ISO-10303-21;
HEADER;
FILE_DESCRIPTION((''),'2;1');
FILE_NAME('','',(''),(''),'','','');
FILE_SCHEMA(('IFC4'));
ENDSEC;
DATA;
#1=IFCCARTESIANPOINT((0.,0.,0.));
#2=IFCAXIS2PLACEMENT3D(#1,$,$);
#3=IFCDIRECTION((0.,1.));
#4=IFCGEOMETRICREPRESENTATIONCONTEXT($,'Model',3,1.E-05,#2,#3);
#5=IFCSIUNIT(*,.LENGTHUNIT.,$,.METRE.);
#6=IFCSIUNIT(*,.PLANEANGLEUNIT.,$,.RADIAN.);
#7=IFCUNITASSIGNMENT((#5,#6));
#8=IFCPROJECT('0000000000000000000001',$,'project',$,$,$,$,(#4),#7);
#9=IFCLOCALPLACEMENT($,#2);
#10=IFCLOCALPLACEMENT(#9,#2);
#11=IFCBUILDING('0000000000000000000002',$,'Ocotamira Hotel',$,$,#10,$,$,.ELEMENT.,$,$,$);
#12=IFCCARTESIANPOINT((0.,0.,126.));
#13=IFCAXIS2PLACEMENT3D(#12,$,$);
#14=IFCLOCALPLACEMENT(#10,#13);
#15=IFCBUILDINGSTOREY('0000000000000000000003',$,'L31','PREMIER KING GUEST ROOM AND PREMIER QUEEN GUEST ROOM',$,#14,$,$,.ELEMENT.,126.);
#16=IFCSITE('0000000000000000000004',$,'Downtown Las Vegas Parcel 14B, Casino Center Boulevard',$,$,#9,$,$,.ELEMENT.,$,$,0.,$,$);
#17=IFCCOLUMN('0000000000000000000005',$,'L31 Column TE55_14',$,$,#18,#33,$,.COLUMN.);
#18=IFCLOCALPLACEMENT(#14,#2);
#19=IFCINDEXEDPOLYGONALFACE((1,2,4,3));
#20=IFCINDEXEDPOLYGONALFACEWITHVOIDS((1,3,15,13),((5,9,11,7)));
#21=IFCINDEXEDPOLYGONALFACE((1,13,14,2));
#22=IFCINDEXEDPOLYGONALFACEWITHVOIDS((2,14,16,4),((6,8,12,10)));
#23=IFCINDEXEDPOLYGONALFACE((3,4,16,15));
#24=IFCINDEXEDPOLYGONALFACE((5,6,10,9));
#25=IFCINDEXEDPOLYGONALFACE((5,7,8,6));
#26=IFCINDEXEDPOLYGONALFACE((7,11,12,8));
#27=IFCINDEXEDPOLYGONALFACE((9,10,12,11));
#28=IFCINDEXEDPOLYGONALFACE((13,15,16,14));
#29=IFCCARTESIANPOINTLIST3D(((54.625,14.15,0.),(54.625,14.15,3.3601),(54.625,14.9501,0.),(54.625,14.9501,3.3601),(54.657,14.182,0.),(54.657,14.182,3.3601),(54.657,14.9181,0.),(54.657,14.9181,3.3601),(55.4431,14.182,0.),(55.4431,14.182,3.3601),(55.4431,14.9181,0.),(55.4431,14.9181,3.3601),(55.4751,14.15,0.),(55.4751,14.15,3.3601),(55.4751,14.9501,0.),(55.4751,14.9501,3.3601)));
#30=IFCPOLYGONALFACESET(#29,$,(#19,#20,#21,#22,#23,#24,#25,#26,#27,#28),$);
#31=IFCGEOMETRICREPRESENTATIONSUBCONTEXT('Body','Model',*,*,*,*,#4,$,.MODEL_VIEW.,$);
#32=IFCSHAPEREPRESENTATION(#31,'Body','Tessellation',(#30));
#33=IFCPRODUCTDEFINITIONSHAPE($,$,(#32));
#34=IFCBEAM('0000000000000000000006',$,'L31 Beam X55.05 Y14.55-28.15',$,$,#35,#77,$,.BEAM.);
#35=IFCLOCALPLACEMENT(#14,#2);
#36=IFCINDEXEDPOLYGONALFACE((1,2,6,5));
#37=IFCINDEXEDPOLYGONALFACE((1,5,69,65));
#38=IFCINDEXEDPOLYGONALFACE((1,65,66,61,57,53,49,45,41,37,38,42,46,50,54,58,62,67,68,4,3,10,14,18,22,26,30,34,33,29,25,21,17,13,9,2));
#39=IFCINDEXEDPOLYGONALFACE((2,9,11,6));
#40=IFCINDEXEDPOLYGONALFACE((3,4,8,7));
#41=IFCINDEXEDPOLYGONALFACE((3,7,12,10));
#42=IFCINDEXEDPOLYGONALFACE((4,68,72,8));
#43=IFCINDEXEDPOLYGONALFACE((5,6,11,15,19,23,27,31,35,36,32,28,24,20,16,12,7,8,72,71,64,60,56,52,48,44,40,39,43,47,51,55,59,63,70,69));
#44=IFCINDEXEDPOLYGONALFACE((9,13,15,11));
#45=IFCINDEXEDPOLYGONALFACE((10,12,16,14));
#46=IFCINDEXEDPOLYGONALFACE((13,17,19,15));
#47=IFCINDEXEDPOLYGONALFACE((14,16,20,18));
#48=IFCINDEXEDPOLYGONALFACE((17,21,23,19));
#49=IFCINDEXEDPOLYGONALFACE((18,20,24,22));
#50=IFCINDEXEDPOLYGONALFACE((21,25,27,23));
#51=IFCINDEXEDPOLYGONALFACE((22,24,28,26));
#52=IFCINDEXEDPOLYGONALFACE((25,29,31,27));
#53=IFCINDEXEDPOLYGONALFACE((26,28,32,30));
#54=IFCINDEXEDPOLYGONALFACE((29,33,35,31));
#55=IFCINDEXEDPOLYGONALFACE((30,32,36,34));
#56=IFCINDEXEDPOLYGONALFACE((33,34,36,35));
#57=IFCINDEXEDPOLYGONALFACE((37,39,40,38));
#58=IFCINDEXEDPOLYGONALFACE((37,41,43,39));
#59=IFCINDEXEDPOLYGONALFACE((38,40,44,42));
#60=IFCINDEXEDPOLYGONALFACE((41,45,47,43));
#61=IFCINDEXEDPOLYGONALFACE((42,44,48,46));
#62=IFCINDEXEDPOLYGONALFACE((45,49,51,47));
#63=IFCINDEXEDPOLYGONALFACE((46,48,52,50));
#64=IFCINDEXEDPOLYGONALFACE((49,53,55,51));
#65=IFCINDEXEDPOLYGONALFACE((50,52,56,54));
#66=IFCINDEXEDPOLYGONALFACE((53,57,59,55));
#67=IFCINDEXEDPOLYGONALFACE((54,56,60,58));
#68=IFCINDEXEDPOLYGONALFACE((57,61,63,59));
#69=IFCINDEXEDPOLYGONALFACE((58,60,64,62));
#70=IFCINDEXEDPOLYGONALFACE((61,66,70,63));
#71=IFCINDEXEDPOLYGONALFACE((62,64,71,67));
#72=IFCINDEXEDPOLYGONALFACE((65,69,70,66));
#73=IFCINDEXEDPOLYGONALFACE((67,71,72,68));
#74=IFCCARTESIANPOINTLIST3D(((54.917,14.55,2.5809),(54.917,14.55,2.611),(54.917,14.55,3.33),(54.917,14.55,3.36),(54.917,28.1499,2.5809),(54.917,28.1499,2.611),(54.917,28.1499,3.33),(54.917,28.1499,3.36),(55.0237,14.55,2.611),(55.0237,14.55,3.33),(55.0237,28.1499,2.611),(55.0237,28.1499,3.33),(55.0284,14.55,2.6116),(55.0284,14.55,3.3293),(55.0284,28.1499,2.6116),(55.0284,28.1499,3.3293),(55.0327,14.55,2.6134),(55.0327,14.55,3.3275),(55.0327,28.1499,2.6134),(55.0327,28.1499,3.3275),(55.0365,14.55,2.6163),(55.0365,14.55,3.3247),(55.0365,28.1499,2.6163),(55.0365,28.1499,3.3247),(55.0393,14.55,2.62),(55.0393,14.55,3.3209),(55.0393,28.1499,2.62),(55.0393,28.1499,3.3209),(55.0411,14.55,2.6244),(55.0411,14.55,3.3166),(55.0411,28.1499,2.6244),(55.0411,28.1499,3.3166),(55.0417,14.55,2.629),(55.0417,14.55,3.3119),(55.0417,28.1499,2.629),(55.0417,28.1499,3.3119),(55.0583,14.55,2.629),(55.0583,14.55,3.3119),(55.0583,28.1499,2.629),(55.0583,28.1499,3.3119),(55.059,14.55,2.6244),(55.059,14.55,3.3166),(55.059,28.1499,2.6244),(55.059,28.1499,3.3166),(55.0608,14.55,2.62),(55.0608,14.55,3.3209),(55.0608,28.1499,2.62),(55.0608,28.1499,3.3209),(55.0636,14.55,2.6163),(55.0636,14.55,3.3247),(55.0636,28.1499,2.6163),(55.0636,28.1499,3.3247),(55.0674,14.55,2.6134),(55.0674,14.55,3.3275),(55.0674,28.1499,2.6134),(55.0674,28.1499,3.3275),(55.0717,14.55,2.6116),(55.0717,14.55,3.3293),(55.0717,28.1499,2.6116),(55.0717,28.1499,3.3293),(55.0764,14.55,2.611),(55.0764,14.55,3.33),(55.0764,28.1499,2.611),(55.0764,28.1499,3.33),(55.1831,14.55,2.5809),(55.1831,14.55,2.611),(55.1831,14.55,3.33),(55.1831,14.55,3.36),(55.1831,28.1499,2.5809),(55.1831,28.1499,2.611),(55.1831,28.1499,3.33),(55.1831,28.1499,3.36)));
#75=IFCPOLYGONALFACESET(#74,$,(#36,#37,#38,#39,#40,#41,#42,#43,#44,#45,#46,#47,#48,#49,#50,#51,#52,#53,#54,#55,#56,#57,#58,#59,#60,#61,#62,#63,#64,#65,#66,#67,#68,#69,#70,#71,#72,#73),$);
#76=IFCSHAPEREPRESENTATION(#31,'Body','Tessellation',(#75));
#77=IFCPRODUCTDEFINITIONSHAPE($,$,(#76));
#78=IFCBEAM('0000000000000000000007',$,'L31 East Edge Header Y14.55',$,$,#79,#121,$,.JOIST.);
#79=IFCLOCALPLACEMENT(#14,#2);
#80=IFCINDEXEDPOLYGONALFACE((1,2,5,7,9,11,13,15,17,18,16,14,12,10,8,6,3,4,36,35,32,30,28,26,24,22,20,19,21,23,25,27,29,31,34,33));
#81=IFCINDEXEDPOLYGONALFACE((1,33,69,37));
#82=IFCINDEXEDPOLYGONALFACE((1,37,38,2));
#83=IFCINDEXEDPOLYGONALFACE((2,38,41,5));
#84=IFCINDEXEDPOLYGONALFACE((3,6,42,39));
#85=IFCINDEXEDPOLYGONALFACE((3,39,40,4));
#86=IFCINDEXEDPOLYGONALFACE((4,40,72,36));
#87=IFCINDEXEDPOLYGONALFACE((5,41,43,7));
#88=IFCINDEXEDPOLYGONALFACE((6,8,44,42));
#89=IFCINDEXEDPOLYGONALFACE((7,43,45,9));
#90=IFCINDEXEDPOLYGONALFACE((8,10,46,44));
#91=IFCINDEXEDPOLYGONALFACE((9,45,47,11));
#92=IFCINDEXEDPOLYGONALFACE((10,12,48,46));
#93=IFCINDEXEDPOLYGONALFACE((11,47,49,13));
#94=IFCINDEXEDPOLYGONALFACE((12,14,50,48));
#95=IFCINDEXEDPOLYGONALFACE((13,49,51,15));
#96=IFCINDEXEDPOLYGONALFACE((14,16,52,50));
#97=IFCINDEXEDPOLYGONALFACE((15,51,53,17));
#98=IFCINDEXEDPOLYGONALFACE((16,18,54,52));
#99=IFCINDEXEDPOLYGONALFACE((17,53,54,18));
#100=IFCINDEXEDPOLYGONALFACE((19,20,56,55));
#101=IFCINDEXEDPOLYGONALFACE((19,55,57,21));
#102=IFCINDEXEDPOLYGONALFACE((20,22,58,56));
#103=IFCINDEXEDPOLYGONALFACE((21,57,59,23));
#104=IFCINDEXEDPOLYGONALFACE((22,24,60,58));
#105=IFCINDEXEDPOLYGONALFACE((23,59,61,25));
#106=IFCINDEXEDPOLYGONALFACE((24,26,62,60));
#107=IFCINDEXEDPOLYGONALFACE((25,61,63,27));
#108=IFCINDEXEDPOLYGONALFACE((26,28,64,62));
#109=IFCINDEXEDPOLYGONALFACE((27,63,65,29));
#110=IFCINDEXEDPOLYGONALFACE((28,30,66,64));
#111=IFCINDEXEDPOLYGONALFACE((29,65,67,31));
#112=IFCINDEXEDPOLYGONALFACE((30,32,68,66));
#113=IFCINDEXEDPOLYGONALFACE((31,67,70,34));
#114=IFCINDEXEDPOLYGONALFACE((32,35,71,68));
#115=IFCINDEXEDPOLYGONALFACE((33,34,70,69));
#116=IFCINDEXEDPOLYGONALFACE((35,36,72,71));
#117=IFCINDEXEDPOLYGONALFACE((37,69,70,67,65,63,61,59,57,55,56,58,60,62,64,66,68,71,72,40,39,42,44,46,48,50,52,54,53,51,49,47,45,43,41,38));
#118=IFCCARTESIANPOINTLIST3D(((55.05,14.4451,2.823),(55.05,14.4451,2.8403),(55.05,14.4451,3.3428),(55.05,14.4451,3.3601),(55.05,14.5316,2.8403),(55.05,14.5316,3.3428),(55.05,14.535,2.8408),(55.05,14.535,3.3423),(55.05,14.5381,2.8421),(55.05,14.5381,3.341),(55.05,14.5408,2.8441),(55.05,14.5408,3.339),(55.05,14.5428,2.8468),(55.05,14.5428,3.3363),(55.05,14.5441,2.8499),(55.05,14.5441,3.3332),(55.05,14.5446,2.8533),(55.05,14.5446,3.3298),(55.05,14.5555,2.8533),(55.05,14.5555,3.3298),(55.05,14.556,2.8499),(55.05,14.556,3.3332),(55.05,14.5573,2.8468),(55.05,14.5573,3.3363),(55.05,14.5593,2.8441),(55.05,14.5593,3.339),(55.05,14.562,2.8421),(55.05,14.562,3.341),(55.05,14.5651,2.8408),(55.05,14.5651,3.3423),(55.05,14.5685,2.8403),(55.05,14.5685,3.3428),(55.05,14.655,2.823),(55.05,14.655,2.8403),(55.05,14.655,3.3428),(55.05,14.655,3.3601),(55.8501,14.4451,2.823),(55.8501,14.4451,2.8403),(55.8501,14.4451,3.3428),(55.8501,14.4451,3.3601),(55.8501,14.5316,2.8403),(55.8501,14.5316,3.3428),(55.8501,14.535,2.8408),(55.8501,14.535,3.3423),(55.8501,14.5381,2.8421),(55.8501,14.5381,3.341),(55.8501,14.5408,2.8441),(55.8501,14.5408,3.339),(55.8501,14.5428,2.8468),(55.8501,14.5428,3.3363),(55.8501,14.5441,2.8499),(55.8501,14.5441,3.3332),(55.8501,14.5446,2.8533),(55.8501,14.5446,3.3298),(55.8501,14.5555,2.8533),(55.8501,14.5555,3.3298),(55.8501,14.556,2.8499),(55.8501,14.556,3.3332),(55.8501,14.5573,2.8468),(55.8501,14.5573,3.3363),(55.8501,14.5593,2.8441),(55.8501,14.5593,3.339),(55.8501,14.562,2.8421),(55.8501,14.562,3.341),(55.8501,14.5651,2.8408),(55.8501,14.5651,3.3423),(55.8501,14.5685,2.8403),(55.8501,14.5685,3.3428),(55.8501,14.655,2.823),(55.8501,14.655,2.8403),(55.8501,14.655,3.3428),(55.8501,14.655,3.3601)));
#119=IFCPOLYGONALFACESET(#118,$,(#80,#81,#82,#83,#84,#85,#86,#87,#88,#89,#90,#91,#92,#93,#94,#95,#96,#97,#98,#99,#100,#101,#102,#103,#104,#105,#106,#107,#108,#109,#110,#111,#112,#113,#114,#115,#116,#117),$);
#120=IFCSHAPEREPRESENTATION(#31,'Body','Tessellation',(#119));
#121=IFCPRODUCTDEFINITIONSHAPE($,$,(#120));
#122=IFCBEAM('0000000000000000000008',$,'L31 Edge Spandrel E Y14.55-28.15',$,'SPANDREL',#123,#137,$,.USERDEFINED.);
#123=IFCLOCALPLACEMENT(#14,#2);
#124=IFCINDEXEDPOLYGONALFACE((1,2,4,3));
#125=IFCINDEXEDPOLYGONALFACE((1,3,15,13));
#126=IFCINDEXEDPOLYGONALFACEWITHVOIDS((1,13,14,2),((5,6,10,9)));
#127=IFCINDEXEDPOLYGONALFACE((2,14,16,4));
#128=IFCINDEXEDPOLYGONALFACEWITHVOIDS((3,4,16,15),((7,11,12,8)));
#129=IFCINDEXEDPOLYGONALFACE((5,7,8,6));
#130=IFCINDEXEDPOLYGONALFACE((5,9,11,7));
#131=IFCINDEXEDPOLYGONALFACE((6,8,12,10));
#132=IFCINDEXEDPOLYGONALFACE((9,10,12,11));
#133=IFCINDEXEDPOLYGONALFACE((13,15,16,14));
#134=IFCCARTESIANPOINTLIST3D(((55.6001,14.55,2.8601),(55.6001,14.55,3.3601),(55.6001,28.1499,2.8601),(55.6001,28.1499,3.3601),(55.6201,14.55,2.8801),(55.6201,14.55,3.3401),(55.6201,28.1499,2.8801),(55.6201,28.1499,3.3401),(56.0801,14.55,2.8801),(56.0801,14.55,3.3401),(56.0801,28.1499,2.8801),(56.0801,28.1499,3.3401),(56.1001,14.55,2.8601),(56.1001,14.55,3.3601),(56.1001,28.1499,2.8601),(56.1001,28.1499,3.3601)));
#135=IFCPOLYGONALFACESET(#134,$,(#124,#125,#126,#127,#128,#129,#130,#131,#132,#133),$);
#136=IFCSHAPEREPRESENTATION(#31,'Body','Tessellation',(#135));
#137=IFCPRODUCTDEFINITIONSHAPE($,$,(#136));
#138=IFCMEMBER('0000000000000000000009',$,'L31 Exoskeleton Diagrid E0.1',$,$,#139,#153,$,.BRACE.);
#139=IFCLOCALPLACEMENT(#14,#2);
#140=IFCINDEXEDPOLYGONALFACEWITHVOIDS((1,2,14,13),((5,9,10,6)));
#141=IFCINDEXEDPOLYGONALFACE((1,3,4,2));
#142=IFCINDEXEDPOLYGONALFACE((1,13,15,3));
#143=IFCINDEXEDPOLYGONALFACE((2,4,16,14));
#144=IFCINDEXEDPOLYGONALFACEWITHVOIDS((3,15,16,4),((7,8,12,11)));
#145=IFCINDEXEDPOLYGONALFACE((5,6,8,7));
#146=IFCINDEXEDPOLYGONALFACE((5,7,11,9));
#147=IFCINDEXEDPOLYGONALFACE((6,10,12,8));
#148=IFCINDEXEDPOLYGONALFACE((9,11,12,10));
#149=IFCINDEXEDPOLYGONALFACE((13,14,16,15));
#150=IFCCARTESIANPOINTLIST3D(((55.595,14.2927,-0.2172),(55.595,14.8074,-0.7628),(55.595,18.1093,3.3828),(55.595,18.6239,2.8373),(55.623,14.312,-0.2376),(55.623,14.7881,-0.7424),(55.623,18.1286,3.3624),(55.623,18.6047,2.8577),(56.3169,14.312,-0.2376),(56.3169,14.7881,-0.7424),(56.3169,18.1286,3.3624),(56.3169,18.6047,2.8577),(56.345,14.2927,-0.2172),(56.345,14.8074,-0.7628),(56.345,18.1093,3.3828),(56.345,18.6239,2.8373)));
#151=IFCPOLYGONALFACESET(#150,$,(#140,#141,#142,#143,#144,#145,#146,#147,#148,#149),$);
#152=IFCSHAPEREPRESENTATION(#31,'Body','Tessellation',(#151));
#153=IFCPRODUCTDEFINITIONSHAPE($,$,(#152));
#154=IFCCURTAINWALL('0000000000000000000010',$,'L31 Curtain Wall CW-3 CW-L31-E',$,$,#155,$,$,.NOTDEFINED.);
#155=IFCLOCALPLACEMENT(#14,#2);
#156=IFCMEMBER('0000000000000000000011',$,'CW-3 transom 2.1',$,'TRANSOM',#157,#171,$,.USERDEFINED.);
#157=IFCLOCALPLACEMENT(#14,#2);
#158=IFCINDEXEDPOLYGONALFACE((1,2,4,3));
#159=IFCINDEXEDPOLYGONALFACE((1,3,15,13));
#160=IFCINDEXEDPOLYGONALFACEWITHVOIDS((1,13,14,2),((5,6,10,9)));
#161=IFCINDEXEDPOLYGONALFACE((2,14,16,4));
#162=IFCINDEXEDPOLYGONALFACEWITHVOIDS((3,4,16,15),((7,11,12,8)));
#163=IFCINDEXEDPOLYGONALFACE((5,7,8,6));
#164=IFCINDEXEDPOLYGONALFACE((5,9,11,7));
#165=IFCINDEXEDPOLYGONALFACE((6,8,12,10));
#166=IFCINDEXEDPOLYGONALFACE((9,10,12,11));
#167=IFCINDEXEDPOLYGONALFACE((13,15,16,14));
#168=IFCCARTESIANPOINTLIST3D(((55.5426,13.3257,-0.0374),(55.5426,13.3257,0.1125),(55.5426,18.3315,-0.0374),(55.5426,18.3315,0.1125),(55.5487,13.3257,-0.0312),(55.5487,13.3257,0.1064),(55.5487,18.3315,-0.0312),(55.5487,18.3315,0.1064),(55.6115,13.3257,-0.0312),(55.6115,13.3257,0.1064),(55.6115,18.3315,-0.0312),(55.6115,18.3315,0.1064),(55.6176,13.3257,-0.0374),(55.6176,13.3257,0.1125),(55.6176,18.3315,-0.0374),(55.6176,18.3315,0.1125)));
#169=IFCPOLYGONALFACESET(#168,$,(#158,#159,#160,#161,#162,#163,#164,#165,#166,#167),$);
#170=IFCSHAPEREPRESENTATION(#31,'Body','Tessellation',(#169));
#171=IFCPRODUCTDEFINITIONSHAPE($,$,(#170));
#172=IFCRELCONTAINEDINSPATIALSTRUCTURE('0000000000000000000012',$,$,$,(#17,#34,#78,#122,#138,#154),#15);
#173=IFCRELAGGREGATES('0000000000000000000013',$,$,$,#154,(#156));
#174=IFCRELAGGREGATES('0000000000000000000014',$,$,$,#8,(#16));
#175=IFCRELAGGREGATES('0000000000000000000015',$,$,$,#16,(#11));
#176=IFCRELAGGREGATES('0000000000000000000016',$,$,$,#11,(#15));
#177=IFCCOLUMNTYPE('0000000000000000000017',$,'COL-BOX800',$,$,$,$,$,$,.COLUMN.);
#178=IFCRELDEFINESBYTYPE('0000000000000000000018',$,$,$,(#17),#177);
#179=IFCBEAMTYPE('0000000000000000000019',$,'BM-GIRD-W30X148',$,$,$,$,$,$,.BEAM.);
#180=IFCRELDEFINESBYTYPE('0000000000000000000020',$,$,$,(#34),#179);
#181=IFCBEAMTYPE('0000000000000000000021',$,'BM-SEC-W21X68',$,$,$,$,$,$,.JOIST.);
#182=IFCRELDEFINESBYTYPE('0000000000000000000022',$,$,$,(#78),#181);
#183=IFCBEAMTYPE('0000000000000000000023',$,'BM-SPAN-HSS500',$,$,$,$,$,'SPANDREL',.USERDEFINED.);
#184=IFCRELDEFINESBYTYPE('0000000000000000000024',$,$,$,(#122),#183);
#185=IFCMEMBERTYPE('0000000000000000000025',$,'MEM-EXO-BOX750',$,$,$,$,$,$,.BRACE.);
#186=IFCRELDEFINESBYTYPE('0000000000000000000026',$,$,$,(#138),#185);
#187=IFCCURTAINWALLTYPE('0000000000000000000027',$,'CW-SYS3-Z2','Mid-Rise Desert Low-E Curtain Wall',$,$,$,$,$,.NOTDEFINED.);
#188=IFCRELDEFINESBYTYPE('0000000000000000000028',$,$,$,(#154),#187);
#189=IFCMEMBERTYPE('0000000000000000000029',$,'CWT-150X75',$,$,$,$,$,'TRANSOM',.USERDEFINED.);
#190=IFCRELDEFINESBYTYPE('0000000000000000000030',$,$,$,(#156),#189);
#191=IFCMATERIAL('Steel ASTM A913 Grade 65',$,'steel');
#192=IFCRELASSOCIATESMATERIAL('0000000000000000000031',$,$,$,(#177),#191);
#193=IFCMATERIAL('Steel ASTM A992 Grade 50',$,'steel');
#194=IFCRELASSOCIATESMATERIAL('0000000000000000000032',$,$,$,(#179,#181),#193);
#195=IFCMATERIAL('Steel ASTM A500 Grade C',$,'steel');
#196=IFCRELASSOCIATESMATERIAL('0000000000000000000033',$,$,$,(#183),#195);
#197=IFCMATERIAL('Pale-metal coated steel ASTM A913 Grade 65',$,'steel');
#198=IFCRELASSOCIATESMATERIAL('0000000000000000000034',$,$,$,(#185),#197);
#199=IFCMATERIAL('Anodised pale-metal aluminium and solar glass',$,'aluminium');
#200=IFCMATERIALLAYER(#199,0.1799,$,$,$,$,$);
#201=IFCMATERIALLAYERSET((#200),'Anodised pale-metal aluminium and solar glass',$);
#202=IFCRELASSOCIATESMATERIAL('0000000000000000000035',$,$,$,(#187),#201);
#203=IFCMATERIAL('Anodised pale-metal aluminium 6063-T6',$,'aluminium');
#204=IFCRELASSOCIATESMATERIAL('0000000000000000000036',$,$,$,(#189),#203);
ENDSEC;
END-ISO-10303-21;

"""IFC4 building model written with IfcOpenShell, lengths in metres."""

from ifc_helpers import new_model, si_unit, direction, frame, origin, origin_2d, place, context, subcontext, project, spatial, hollow_rectangle, i_section, extrude, source, transform, mapped, material, layer, layer_set, material_profile, profile_set, type_object, element, aggregate, save


model = new_model("IFC4")

# Units and contexts
model_context = context("Model", 3, precision=1e-05, world=origin(), true_north=direction((0.0, 1.0)))
body_context = subcontext(model_context, "Body", "Model", "MODEL_VIEW")
ifc_project = project(units=[si_unit("LENGTHUNIT", "METRE"), si_unit("PLANEANGLEUNIT", "RADIAN")], contexts=[model_context])

# Site, building, storey
site_placement = place(None, origin())
site = spatial("IfcSite", under=ifc_project, at=site_placement, Name="Downtown Las Vegas Parcel 14B, Casino Center Boulevard", CompositionType="ELEMENT", RefElevation=0.0)
building_placement = place(site_placement, origin())
building = spatial("IfcBuilding", under=site, at=building_placement, Name="Ocotamira Hotel", CompositionType="ELEMENT")
storey_placement = place(building_placement, frame((0.0, 0.0, 126.0)))
storey = spatial("IfcBuildingStorey", under=building, at=storey_placement, Name="L31", Description="PREMIER KING GUEST ROOM AND PREMIER QUEEN GUEST ROOM", CompositionType="ELEMENT", Elevation=126.0)

# Column
ifc_material_1 = material(Name="Steel ASTM A913 Grade 65", Category="steel")
ifc_material_profile_1 = material_profile(ifc_material_1, hollow_rectangle(XDim=0.8501, YDim=0.8, WallThickness=0.032, at=origin_2d()), Name="BOX800X850X32")
ifc_profile_set_1 = profile_set([ifc_material_profile_1], Name="Steel ASTM A913 Grade 65")
column_type = type_object("IfcColumnType", Name="COL-BOX800", PredefinedType="COLUMN", material=ifc_profile_set_1)
shared_shape_1 = source(origin(), body_context, "Body", "SweptSolid", [
    extrude(hollow_rectangle(XDim=0.8501, YDim=0.8, WallThickness=0.032, at=origin_2d()), origin(), (0.0, 0.0, 1.0), 3.3601),
])
column_placement = place(storey_placement, frame((55.05, 14.55, 0.0), z_axis=(0.0, 0.0, 1.0), x_axis=(1.0, 0.0, 0.0)))
element("IfcColumn", 1, at=column_placement, inside=storey, type_object=column_type, Name="L31 Column TE55_14", PredefinedType="COLUMN", context=body_context, shape_type="MappedRepresentation", body=[
    mapped(shared_shape_1, transform((0.0, 0.0, 0.0), scale=1.0)),
])

# Beams
ifc_material_2 = material(Name="Steel ASTM A992 Grade 50", Category="steel")
ifc_material_profile_2 = material_profile(ifc_material_2, i_section(OverallWidth=0.2661, OverallDepth=0.7791, WebThickness=0.0166, FlangeThickness=0.03, FilletRadius=0.0181, at=origin_2d()), Name="W30X148")
ifc_profile_set_2 = profile_set([ifc_material_profile_2], Name="Steel ASTM A992 Grade 50")
beam_type_1 = type_object("IfcBeamType", Name="BM-GIRD-W30X148", PredefinedType="BEAM", material=ifc_profile_set_2)
shared_shape_2 = source(origin(), body_context, "Body", "SweptSolid", [
    extrude(i_section(OverallWidth=0.2661, OverallDepth=0.7791, WebThickness=0.0166, FlangeThickness=0.03, FilletRadius=0.0181, at=origin_2d()), origin(), (0.0, 0.0, 1.0), 13.5999),
])
beam_1_placement = place(storey_placement, frame((55.05, 14.55, 2.9705), z_axis=(0.0, 1.0, 0.0), x_axis=(-1.0, 0.0, 0.0)))
element("IfcBeam", 2, at=beam_1_placement, inside=storey, type_object=beam_type_1, Name="L31 Beam X55.05 Y14.55-28.15", PredefinedType="BEAM", context=body_context, shape_type="MappedRepresentation", body=[
    mapped(shared_shape_2, transform((0.0, 0.0, 0.0), scale=1.0)),
])
ifc_material_profile_3 = material_profile(ifc_material_2, i_section(OverallWidth=0.21, OverallDepth=0.5371, WebThickness=0.011, FlangeThickness=0.0173, FilletRadius=0.0129, at=origin_2d()), Name="W21X68")
ifc_profile_set_3 = profile_set([ifc_material_profile_3], Name="Steel ASTM A992 Grade 50")
beam_type_2 = type_object("IfcBeamType", Name="BM-SEC-W21X68", PredefinedType="JOIST", material=ifc_profile_set_3)
shared_shape_3 = source(origin(), body_context, "Body", "SweptSolid", [
    extrude(i_section(OverallWidth=0.21, OverallDepth=0.5371, WebThickness=0.011, FlangeThickness=0.0173, FilletRadius=0.0129, at=origin_2d()), origin(), (0.0, 0.0, 1.0), 0.8),
])
beam_2_placement = place(storey_placement, frame((55.05, 14.55, 3.0916), z_axis=(1.0, 0.0, 0.0), x_axis=(0.0, 1.0, 0.0)))
element("IfcBeam", 3, at=beam_2_placement, inside=storey, type_object=beam_type_2, Name="L31 East Edge Header Y14.55", PredefinedType="JOIST", context=body_context, shape_type="MappedRepresentation", body=[
    mapped(shared_shape_3, transform((0.0, 0.0, 0.0), scale=1.0)),
])
ifc_material_3 = material(Name="Steel ASTM A500 Grade C", Category="steel")
ifc_material_profile_4 = material_profile(ifc_material_3, hollow_rectangle(XDim=0.5, YDim=0.5, WallThickness=0.02, at=origin_2d()), Name="HSS500X500X20")
ifc_profile_set_4 = profile_set([ifc_material_profile_4], Name="Steel ASTM A500 Grade C")
beam_type_3 = type_object("IfcBeamType", Name="BM-SPAN-HSS500", ElementType="SPANDREL", PredefinedType="USERDEFINED", material=ifc_profile_set_4)
shared_shape_4 = source(origin(), body_context, "Body", "SweptSolid", [
    extrude(hollow_rectangle(XDim=0.5, YDim=0.5, WallThickness=0.02, at=origin_2d()), origin(), (0.0, 0.0, 1.0), 13.5999),
])
beam_3_placement = place(storey_placement, frame((55.8501, 14.55, 3.1101), z_axis=(0.0, 1.0, 0.0), x_axis=(-1.0, 0.0, 0.0)))
element("IfcBeam", 4, at=beam_3_placement, inside=storey, type_object=beam_type_3, Name="L31 Edge Spandrel E Y14.55-28.15", ObjectType="SPANDREL", PredefinedType="USERDEFINED", context=body_context, shape_type="MappedRepresentation", body=[
    mapped(shared_shape_4, transform((0.0, 0.0, 0.0), scale=1.0)),
])

# Member
ifc_material_4 = material(Name="Pale-metal coated steel ASTM A913 Grade 65", Category="steel")
ifc_material_profile_5 = material_profile(ifc_material_4, hollow_rectangle(XDim=0.75, YDim=0.75, WallThickness=0.0281, at=origin_2d()), Name="BOX750X750X28")
ifc_profile_set_5 = profile_set([ifc_material_profile_5], Name="Pale-metal coated steel ASTM A913 Grade 65")
member_type_1 = type_object("IfcMemberType", Name="MEM-EXO-BOX750", PredefinedType="BRACE", material=ifc_profile_set_5)
shared_shape_5 = source(origin(), body_context, "Body", "SweptSolid", [
    extrude(hollow_rectangle(XDim=0.75, YDim=0.75, WallThickness=0.0281, at=origin_2d()), origin(), (0.0, 0.0, 1.0), 5.2466),
])
member_1_placement = place(storey_placement, frame((55.97, 14.55, -0.49), z_axis=(0.0, 0.727443, 0.686168), x_axis=(-1.0, 0.0, 0.0)))
element("IfcMember", 5, at=member_1_placement, inside=storey, type_object=member_type_1, Name="L31 Exoskeleton Diagrid E0.1", PredefinedType="BRACE", context=body_context, shape_type="MappedRepresentation", body=[
    mapped(shared_shape_5, transform((0.0, 0.0, 0.0), scale=1.0)),
])

# Curtain wall, member
ifc_material_5 = material(Name="Anodised pale-metal aluminium and solar glass", Category="aluminium")
ifc_layer_1 = layer(ifc_material_5, 0.1799)
ifc_layer_set_1 = layer_set([ifc_layer_1], Name="Anodised pale-metal aluminium and solar glass")
curtain_wall_type = type_object("IfcCurtainWallType", Name="CW-SYS3-Z2", Description="Mid-Rise Desert Low-E Curtain Wall", PredefinedType="NOTDEFINED", material=ifc_layer_set_1)
curtain_wall_placement = place(storey_placement, origin())
curtain_wall = element("IfcCurtainWall", 6, at=curtain_wall_placement, inside=storey, type_object=curtain_wall_type, Name="L31 Curtain Wall CW-3 CW-L31-E", PredefinedType="NOTDEFINED")
ifc_material_6 = material(Name="Anodised pale-metal aluminium 6063-T6", Category="aluminium")
ifc_material_profile_6 = material_profile(ifc_material_6, hollow_rectangle(XDim=0.075, YDim=0.1499, WallThickness=0.0061, at=origin_2d()), Name="HSS150X75X6")
ifc_profile_set_6 = profile_set([ifc_material_profile_6], Name="Anodised pale-metal aluminium 6063-T6")
member_type_2 = type_object("IfcMemberType", Name="CWT-150X75", ElementType="TRANSOM", PredefinedType="USERDEFINED", material=ifc_profile_set_6)
shared_shape_6 = source(origin(), body_context, "Body", "SweptSolid", [
    extrude(hollow_rectangle(XDim=0.075, YDim=0.1499, WallThickness=0.0061, at=origin_2d()), origin(), (0.0, 0.0, 1.0), 5.0059),
])
member_2_placement = place(storey_placement, frame((55.5801, 13.3257, 0.0376), z_axis=(0.0, 1.0, 0.0), x_axis=(-1.0, 0.0, 0.0)))
member_2 = element("IfcMember", 7, at=member_2_placement, type_object=member_type_2, Name="CW-3 transom 2.1", ObjectType="TRANSOM", PredefinedType="USERDEFINED", context=body_context, shape_type="MappedRepresentation", body=[
    mapped(shared_shape_6, transform((0.0, 0.0, 0.0), scale=1.0)),
])

aggregate(curtain_wall, [member_2])

save(model, "model.ifc")
